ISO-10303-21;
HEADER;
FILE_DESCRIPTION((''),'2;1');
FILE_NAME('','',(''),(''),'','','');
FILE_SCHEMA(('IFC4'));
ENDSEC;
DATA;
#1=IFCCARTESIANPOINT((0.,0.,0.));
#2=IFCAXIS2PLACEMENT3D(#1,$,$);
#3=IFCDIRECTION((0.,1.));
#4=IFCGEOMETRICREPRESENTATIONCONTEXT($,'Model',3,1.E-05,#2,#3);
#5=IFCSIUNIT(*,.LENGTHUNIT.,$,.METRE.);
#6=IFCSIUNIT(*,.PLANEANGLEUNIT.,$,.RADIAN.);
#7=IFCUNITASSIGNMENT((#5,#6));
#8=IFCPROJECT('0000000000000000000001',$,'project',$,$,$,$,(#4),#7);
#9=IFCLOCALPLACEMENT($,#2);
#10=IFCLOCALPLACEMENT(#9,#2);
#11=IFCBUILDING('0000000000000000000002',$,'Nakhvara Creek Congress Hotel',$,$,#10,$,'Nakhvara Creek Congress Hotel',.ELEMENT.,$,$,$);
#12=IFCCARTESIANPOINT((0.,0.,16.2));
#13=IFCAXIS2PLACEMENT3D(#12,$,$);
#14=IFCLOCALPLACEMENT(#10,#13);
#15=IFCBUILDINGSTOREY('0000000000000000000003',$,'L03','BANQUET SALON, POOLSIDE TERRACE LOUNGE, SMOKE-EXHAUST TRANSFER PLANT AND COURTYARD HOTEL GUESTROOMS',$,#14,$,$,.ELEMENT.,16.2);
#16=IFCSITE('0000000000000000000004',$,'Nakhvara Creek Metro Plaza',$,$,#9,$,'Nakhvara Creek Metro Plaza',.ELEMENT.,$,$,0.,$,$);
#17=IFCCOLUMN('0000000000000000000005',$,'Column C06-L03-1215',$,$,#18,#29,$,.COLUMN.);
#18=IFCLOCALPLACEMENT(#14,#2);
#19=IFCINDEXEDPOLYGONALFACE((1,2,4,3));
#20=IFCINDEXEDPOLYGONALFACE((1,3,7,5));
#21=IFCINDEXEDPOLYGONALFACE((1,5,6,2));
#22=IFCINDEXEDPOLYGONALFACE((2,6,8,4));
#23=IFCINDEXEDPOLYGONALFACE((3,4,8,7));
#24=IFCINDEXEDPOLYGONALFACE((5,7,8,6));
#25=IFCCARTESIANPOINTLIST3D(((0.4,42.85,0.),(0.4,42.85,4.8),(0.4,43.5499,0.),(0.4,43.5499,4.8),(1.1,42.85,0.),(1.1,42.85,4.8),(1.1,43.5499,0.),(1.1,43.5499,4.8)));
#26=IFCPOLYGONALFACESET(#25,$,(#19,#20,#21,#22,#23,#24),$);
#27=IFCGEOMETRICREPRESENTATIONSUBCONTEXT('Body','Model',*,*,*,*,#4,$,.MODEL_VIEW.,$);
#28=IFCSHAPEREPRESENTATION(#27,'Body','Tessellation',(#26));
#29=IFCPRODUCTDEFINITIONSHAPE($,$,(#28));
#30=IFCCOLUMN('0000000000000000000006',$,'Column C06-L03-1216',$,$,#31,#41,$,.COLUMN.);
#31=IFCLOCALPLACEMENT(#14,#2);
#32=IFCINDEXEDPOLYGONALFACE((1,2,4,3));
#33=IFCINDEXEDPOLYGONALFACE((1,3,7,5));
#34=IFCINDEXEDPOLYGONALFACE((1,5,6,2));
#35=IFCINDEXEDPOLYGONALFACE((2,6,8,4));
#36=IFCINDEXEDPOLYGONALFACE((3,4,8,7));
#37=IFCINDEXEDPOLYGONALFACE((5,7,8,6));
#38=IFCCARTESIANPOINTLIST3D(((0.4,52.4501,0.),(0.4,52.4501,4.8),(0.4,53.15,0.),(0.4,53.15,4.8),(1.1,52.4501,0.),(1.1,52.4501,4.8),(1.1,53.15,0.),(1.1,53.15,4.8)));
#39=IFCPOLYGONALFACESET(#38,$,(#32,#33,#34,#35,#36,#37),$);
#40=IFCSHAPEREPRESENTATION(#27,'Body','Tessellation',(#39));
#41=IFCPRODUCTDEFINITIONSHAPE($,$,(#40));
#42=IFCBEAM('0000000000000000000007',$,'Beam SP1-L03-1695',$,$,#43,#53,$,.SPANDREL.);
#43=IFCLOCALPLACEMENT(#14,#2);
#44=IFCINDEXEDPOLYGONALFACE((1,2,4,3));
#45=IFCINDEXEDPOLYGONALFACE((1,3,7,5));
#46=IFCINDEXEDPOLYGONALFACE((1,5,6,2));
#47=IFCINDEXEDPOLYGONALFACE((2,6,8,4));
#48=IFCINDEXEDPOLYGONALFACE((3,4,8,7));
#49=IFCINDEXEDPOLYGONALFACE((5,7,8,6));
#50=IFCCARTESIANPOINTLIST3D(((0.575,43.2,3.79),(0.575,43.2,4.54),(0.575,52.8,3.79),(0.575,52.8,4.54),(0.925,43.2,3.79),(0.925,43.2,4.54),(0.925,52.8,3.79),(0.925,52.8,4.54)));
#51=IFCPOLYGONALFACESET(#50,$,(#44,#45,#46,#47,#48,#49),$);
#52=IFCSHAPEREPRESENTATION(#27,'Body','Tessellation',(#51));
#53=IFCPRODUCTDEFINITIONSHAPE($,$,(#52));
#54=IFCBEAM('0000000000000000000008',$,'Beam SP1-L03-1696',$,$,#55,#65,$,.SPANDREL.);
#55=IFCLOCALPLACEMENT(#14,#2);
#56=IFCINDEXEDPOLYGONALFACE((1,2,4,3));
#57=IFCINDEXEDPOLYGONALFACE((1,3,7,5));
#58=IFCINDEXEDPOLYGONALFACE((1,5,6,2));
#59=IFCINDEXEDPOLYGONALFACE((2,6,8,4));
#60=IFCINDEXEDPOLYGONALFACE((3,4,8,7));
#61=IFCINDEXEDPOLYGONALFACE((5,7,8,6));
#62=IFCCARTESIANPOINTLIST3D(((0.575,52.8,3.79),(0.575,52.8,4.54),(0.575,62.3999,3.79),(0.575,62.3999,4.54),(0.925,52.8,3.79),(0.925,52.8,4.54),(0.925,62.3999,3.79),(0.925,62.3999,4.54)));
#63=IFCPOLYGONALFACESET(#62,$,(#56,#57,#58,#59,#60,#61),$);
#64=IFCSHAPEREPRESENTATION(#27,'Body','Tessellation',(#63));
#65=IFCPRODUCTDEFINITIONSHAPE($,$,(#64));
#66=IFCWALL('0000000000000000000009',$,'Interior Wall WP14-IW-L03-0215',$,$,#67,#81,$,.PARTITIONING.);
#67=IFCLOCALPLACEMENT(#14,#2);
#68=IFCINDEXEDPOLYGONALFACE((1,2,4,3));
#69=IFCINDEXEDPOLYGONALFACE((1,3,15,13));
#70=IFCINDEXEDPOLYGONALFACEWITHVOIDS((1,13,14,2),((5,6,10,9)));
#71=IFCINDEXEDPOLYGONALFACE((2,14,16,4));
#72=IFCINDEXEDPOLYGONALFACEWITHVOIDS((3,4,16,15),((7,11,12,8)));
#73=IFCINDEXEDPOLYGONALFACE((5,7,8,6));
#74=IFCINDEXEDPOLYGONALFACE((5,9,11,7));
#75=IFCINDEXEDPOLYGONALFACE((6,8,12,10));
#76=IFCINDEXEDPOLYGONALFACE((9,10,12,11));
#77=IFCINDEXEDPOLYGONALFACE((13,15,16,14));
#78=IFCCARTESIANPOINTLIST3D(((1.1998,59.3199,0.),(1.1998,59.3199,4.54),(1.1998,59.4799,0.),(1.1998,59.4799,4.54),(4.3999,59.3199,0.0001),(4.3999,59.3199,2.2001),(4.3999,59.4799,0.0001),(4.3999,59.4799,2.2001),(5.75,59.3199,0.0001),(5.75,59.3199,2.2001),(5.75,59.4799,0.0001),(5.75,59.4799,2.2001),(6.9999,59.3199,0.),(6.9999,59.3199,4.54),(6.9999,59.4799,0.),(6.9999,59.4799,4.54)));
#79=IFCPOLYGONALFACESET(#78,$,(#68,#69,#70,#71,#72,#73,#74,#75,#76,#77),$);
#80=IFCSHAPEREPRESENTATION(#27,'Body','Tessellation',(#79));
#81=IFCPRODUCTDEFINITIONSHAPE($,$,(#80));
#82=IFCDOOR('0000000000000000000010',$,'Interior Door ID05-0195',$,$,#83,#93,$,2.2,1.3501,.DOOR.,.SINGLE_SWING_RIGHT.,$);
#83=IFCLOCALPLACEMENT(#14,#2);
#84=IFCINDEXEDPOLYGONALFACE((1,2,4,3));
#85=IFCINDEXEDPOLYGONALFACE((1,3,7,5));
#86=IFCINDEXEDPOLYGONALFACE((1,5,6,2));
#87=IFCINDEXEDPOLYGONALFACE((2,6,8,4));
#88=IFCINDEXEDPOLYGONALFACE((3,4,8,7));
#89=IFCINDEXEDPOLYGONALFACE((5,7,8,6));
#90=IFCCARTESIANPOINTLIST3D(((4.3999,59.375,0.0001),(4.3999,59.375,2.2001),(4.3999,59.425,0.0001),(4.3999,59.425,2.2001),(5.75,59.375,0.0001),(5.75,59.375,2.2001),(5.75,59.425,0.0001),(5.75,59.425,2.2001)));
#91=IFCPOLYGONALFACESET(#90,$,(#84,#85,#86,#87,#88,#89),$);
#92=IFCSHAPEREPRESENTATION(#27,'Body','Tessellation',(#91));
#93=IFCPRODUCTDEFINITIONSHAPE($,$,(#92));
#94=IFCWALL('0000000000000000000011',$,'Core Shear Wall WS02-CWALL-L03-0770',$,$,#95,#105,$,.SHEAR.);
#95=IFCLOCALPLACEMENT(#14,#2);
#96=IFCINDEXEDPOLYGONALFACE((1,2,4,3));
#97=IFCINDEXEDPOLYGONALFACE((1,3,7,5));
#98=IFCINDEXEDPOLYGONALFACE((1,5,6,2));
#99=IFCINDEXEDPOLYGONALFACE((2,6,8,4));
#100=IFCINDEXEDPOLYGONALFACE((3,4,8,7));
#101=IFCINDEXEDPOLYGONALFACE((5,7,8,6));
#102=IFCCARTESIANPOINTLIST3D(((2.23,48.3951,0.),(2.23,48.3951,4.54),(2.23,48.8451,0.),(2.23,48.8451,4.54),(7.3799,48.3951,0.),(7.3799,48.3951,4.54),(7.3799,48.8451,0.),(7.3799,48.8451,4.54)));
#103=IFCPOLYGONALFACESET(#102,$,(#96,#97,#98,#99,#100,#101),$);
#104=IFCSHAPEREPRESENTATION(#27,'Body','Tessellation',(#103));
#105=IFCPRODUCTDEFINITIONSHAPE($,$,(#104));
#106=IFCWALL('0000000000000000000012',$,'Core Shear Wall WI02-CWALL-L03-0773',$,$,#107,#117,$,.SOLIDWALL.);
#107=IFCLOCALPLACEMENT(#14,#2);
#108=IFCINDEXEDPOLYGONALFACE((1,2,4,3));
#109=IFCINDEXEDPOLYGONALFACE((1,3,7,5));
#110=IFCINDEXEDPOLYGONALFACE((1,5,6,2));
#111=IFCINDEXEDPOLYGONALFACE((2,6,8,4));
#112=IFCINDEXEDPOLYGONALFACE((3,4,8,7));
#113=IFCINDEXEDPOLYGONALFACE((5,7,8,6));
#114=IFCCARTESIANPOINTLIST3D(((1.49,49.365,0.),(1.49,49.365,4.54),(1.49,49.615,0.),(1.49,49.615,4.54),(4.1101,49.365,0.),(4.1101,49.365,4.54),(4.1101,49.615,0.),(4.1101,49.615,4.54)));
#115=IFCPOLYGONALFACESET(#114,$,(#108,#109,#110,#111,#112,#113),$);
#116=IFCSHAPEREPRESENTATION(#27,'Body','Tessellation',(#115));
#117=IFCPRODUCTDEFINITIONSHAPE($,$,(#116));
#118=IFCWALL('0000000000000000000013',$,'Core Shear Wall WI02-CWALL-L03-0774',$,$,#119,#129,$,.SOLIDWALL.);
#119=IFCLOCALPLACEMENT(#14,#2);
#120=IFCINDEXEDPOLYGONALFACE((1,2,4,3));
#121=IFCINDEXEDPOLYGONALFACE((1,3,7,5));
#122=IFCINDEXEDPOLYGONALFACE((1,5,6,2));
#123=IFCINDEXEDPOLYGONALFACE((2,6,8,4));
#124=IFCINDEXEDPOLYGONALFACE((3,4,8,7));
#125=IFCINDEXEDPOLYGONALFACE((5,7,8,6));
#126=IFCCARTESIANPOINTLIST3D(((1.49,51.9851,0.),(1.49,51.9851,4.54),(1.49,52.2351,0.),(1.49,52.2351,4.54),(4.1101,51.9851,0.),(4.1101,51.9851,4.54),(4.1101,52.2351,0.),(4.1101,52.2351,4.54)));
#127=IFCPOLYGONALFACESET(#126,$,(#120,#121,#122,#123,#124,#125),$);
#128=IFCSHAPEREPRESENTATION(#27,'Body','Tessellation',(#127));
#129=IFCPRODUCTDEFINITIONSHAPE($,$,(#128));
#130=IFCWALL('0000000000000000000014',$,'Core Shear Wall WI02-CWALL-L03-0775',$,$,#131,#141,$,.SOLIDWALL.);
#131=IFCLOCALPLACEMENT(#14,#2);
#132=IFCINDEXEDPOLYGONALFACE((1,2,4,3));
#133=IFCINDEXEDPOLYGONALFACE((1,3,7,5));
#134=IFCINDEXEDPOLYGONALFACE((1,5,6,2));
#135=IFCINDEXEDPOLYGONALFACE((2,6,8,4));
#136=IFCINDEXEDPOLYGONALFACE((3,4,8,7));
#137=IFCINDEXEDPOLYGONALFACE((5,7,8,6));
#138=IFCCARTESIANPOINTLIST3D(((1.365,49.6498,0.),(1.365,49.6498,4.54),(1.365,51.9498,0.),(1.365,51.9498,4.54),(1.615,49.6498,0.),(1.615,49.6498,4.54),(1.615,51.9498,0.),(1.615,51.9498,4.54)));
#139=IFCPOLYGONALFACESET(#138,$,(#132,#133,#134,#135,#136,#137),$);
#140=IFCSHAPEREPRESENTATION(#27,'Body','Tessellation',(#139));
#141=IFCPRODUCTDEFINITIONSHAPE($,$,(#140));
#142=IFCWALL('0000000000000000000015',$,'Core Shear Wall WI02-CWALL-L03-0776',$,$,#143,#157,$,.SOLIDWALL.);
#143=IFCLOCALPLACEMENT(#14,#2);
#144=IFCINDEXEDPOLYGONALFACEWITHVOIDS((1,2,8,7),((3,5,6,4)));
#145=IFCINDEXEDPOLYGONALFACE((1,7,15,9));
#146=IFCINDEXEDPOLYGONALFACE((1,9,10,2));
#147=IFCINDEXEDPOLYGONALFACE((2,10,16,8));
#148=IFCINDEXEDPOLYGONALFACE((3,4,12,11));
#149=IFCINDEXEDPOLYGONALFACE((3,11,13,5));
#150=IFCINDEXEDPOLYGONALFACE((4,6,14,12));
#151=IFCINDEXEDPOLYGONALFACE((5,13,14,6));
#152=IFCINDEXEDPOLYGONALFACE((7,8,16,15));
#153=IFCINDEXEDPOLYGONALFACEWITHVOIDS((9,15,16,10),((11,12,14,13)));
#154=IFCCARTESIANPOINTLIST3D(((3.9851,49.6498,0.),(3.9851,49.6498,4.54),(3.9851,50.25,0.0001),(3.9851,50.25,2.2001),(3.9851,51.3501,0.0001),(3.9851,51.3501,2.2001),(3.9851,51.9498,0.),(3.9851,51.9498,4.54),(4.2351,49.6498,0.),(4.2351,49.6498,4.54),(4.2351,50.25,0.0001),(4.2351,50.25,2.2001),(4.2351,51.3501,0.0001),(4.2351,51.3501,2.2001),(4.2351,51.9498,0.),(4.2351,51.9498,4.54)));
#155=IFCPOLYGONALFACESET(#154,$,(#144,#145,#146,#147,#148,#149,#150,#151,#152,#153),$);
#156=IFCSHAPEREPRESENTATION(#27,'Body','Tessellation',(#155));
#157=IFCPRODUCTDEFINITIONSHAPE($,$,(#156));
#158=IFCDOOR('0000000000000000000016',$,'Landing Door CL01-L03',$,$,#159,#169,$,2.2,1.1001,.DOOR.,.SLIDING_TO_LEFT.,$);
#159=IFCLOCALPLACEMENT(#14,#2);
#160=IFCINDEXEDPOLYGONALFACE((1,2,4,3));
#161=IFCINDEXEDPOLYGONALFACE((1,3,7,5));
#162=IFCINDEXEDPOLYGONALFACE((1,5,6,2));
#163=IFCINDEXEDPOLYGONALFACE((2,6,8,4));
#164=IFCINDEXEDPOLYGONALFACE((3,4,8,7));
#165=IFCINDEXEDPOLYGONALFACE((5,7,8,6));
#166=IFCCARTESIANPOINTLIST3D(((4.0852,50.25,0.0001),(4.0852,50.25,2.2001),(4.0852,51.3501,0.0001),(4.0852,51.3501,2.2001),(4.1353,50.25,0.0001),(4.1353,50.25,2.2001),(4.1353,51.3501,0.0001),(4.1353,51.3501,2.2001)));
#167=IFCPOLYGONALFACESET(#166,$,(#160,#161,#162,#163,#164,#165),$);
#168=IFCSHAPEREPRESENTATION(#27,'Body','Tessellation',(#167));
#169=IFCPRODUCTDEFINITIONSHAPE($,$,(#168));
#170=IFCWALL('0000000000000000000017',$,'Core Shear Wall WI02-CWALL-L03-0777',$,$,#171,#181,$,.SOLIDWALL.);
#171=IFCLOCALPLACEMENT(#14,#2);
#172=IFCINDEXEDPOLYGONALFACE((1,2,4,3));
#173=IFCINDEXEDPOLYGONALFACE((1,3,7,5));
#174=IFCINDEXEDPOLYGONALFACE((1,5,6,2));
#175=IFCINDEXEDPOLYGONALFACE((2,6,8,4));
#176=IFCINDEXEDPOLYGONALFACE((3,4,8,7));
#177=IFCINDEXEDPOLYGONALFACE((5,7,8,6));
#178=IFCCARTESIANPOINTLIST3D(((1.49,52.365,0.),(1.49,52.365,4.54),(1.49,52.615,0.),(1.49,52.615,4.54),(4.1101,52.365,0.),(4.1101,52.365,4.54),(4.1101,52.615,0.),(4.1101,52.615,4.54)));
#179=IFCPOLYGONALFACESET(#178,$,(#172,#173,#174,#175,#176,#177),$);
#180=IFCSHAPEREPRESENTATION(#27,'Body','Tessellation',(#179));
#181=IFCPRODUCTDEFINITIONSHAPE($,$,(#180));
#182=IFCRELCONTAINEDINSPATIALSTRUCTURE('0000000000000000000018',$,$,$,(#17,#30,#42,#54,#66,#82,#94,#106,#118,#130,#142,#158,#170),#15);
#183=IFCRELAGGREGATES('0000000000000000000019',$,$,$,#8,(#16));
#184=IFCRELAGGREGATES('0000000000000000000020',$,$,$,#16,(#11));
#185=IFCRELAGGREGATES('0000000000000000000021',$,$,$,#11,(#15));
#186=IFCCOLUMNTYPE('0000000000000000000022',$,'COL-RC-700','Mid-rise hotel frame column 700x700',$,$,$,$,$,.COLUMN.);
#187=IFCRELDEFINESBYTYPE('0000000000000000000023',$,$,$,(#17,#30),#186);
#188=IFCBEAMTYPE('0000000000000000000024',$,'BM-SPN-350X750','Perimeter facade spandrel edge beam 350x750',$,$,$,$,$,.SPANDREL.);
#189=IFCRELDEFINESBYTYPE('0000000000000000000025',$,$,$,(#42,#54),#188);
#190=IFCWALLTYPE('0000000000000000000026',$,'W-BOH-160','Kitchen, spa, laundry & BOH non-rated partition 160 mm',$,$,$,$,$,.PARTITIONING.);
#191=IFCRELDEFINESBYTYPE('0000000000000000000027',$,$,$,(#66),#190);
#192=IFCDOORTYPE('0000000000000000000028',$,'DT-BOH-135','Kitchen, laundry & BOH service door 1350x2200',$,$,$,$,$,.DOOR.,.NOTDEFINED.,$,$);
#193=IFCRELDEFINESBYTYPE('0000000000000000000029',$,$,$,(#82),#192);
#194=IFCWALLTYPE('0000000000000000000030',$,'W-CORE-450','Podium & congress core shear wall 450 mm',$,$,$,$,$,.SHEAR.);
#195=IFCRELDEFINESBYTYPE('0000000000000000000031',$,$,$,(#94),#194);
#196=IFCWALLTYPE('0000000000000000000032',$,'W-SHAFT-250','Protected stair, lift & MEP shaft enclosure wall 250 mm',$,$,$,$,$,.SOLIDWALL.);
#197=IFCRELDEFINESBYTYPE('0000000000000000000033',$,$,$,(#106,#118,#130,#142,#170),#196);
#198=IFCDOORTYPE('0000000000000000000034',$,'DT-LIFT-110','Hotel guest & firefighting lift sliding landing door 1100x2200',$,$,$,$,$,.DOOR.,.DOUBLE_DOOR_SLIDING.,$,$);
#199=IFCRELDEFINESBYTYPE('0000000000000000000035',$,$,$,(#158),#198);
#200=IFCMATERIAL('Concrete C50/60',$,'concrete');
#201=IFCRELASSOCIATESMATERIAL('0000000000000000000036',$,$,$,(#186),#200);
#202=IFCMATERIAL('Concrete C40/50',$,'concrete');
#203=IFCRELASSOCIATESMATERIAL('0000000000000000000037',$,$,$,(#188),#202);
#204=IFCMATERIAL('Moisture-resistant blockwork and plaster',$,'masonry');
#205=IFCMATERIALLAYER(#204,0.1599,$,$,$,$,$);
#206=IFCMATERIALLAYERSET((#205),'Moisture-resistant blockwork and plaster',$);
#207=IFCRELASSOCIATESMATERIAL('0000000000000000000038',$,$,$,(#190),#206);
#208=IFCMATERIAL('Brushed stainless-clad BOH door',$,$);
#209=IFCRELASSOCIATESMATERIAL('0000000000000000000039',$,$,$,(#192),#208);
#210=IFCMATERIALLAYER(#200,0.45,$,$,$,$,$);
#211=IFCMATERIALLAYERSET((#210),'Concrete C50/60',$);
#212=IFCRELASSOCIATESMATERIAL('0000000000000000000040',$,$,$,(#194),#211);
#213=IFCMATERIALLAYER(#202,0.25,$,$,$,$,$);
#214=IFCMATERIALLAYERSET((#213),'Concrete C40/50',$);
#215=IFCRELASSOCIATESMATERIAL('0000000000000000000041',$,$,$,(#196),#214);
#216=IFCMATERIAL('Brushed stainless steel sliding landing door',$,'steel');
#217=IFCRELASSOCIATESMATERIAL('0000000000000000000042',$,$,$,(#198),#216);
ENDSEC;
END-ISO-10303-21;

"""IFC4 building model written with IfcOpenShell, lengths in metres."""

from ifc_helpers import new_model, si_unit, direction, frame, frame_2d, origin, origin_2d, place, context, subcontext, project, spatial, rectangle, extrude, material, layer, layer_set, material_profile, profile_set, type_object, element, fill, save


model = new_model("IFC4")

# Units and contexts
model_context = context("Model", 3, precision=1e-05, world=origin(), true_north=direction((0.0, 1.0)))
body_context = subcontext(model_context, "Body", "Model", "MODEL_VIEW")
ifc_project = project(units=[si_unit("LENGTHUNIT", "METRE"), si_unit("PLANEANGLEUNIT", "RADIAN")], contexts=[model_context])

# Site, building, storey
site_placement = place(None, origin())
site = spatial("IfcSite", under=ifc_project, at=site_placement, Name="Nakhvara Creek Metro Plaza", LongName="Nakhvara Creek Metro Plaza", CompositionType="ELEMENT", RefElevation=0.0)
building_placement = place(site_placement, origin())
building = spatial("IfcBuilding", under=site, at=building_placement, Name="Nakhvara Creek Congress Hotel", LongName="Nakhvara Creek Congress Hotel", CompositionType="ELEMENT")
storey_placement = place(building_placement, frame((0.0, 0.0, 16.2)))
storey = spatial("IfcBuildingStorey", under=building, at=storey_placement, Name="L03", Description="BANQUET SALON, POOLSIDE TERRACE LOUNGE, SMOKE-EXHAUST TRANSFER PLANT AND COURTYARD HOTEL GUESTROOMS", CompositionType="ELEMENT", Elevation=16.2)

# Columns
ifc_material_1 = material(Name="Concrete C50/60", Category="concrete")
ifc_material_profile_1 = material_profile(ifc_material_1, rectangle(XDim=0.7, YDim=0.7, at=origin_2d()), Name="RC-COL 700x700", Category="LoadBearing")
ifc_profile_set_1 = profile_set([ifc_material_profile_1], Name="Concrete C50/60")
column_type = type_object("IfcColumnType", Name="COL-RC-700", Description="Mid-rise hotel frame column 700x700", PredefinedType="COLUMN", material=ifc_profile_set_1)
for number, where, z_axis, x_axis, name in (
    (1, (0.75, 43.2, 0.0), (0.0, 0.0, 1.0), (1.0, 0.0, 0.0), "Column C06-L03-1215"),
    (2, (0.75, 52.8, 0.0), (0.0, 0.0, 1.0), (1.0, 0.0, 0.0), "Column C06-L03-1216"),
):
    element("IfcColumn", number, at=place(storey_placement, frame(where, z_axis=z_axis, x_axis=x_axis)), inside=storey, type_object=column_type, Name=name, PredefinedType="COLUMN", context=body_context, shape_type="SweptSolid", body=[
        extrude(rectangle(XDim=0.7, YDim=0.7, at=origin_2d()), origin(), (0.0, 0.0, 1.0), 4.8),
    ])

# Beams
ifc_material_2 = material(Name="Concrete C40/50", Category="concrete")
ifc_material_profile_2 = material_profile(ifc_material_2, rectangle(XDim=0.3501, YDim=0.75, at=origin_2d()), Name="RC-SPANDREL 350x750", Category="LoadBearing")
ifc_profile_set_2 = profile_set([ifc_material_profile_2], Name="Concrete C40/50")
beam_type = type_object("IfcBeamType", Name="BM-SPN-350X750", Description="Perimeter facade spandrel edge beam 350x750", PredefinedType="SPANDREL", material=ifc_profile_set_2)
beam_1_placement = place(storey_placement, frame((0.75, 43.2, 4.165), z_axis=(0.0, 1.0, 0.0), x_axis=(-1.0, 0.0, 0.0)))
element("IfcBeam", 3, at=beam_1_placement, inside=storey, type_object=beam_type, Name="Beam SP1-L03-1695", PredefinedType="SPANDREL", context=body_context, shape_type="SweptSolid", body=[
    extrude(rectangle(XDim=0.3501, YDim=0.75, at=origin_2d()), origin(), (0.0, 0.0, 1.0), 9.6001),
])
beam_2_placement = place(storey_placement, frame((0.75, 52.8, 4.165), z_axis=(0.0, 1.0, 0.0), x_axis=(-1.0, 0.0, 0.0)))
element("IfcBeam", 4, at=beam_2_placement, inside=storey, type_object=beam_type, Name="Beam SP1-L03-1696", PredefinedType="SPANDREL", context=body_context, shape_type="SweptSolid", body=[
    extrude(rectangle(XDim=0.3501, YDim=0.75, at=origin_2d()), origin(), (0.0, 0.0, 1.0), 9.5999),
])

# Wall, opening, door
ifc_material_3 = material(Name="Moisture-resistant blockwork and plaster", Category="masonry")
ifc_layer_1 = layer(ifc_material_3, 0.1599)
ifc_layer_set_1 = layer_set([ifc_layer_1], Name="Moisture-resistant blockwork and plaster")
wall_type_1 = type_object("IfcWallType", Name="W-BOH-160", Description="Kitchen, spa, laundry & BOH non-rated partition 160 mm", PredefinedType="PARTITIONING", material=ifc_layer_set_1)
wall_1_placement = place(storey_placement, frame((1.2, 59.3999, 0.0), z_axis=(0.0, 0.0, 1.0), x_axis=(1.0, 0.0, 0.0)))
wall_1 = element("IfcWall", 5, at=wall_1_placement, inside=storey, type_object=wall_type_1, Name="Interior Wall WP14-IW-L03-0215", PredefinedType="PARTITIONING", context=body_context, shape_type="SweptSolid", body=[
    extrude(rectangle(XDim=5.8, YDim=0.1599, at=frame_2d((2.8999, 0.0))), origin(), (0.0, 0.0, 1.0), 4.54),
])
opening_1_placement = place(wall_1_placement, frame((3.2, 0.0, 0.0)))
opening_1 = element("IfcOpeningElement", 6, at=opening_1_placement, cuts=wall_1, PredefinedType="OPENING", context=body_context, shape_type="SweptSolid", body=[
    extrude(rectangle(XDim=1.3501, YDim=2.2, at=frame_2d((0.675, 1.1001))), frame((0.0, 0.0918, 0.0), z_axis=(0.0, -1.0, 0.0), x_axis=(1.0, 0.0, 0.0)), (0.0, 0.0, 1.0), 0.1838),
])
ifc_material_4 = material(Name="Brushed stainless-clad BOH door")
door_type_1 = type_object("IfcDoorType", Name="DT-BOH-135", Description="Kitchen, laundry & BOH service door 1350x2200", OperationType="NOTDEFINED", PredefinedType="DOOR", material=ifc_material_4)
door_1_placement = place(opening_1_placement, frame((1.3501, 0.0, 0.0), z_axis=(0.0, 0.0, 1.0), x_axis=(-1.0, 0.0, 0.0)))
door_1 = element("IfcDoor", 7, at=door_1_placement, inside=storey, type_object=door_type_1, Name="Interior Door ID05-0195", OperationType="SINGLE_SWING_RIGHT", OverallHeight=2.2, OverallWidth=1.3501, PredefinedType="DOOR", context=body_context, shape_type="SweptSolid", body=[
    extrude(rectangle(XDim=1.3501, YDim=2.2, at=frame_2d((0.675, 1.1001))), frame((0.0, 0.0249, 0.0), z_axis=(0.0, -1.0, 0.0), x_axis=(1.0, 0.0, 0.0)), (0.0, 0.0, 1.0), 0.05),
])
fill(opening_1, door_1)

# Walls
ifc_layer_2 = layer(ifc_material_1, 0.45)
ifc_layer_set_2 = layer_set([ifc_layer_2], Name="Concrete C50/60")
wall_type_2 = type_object("IfcWallType", Name="W-CORE-450", Description="Podium & congress core shear wall 450 mm", PredefinedType="SHEAR", material=ifc_layer_set_2)
wall_2_placement = place(storey_placement, frame((2.23, 48.6201, 0.0), z_axis=(0.0, 0.0, 1.0), x_axis=(1.0, 0.0, 0.0)))
element("IfcWall", 8, at=wall_2_placement, inside=storey, type_object=wall_type_2, Name="Core Shear Wall WS02-CWALL-L03-0770", PredefinedType="SHEAR", context=body_context, shape_type="SweptSolid", body=[
    extrude(rectangle(XDim=5.1499, YDim=0.45, at=frame_2d((2.575, 0.0))), origin(), (0.0, 0.0, 1.0), 4.54),
])
ifc_layer_3 = layer(ifc_material_2, 0.25)
ifc_layer_set_3 = layer_set([ifc_layer_3], Name="Concrete C40/50")
wall_type_3 = type_object("IfcWallType", Name="W-SHAFT-250", Description="Protected stair, lift & MEP shaft enclosure wall 250 mm", PredefinedType="SOLIDWALL", material=ifc_layer_set_3)
for number, where, z_axis, x_axis, name in (
    (9, (1.49, 49.49, 0.0), (0.0, 0.0, 1.0), (1.0, 0.0, 0.0), "Core Shear Wall WI02-CWALL-L03-0773"),
    (10, (1.49, 52.1101, 0.0), (0.0, 0.0, 1.0), (1.0, 0.0, 0.0), "Core Shear Wall WI02-CWALL-L03-0774"),
):
    element("IfcWall", number, at=place(storey_placement, frame(where, z_axis=z_axis, x_axis=x_axis)), inside=storey, type_object=wall_type_3, Name=name, PredefinedType="SOLIDWALL", context=body_context, shape_type="SweptSolid", body=[
        extrude(rectangle(XDim=2.6201, YDim=0.25, at=frame_2d((1.3101, 0.0))), origin(), (0.0, 0.0, 1.0), 4.54),
    ])
wall_3_placement = place(storey_placement, frame((1.49, 49.6499, 0.0), z_axis=(0.0, 0.0, 1.0), x_axis=(0.0, 1.0, 0.0)))
element("IfcWall", 11, at=wall_3_placement, inside=storey, type_object=wall_type_3, Name="Core Shear Wall WI02-CWALL-L03-0775", PredefinedType="SOLIDWALL", context=body_context, shape_type="SweptSolid", body=[
    extrude(rectangle(XDim=2.3, YDim=0.25, at=frame_2d((1.1499, 0.0))), origin(), (0.0, 0.0, 1.0), 4.54),
])

# Wall, opening, door
wall_4_placement = place(storey_placement, frame((4.1101, 49.6499, 0.0), z_axis=(0.0, 0.0, 1.0), x_axis=(0.0, 1.0, 0.0)))
wall_4 = element("IfcWall", 12, at=wall_4_placement, inside=storey, type_object=wall_type_3, Name="Core Shear Wall WI02-CWALL-L03-0776", PredefinedType="SOLIDWALL", context=body_context, shape_type="SweptSolid", body=[
    extrude(rectangle(XDim=2.3, YDim=0.25, at=frame_2d((1.1499, 0.0))), origin(), (0.0, 0.0, 1.0), 4.54),
])
opening_2_placement = place(wall_4_placement, frame((0.6001, 0.0, 0.0)))
opening_2 = element("IfcOpeningElement", 13, at=opening_2_placement, cuts=wall_4, PredefinedType="OPENING", context=body_context, shape_type="SweptSolid", body=[
    extrude(rectangle(XDim=1.1001, YDim=2.2, at=frame_2d((0.55, 1.1001))), frame((0.0, 0.137, 0.0), z_axis=(0.0, -1.0, 0.0), x_axis=(1.0, 0.0, 0.0)), (0.0, 0.0, 1.0), 0.2739),
])
ifc_material_5 = material(Name="Brushed stainless steel sliding landing door", Category="steel")
door_type_2 = type_object("IfcDoorType", Name="DT-LIFT-110", Description="Hotel guest & firefighting lift sliding landing door 1100x2200", OperationType="DOUBLE_DOOR_SLIDING", PredefinedType="DOOR", material=ifc_material_5)
door_2_placement = place(opening_2_placement, origin())
door_2 = element("IfcDoor", 14, at=door_2_placement, inside=storey, type_object=door_type_2, Name="Landing Door CL01-L03", OperationType="SLIDING_TO_LEFT", OverallHeight=2.2, OverallWidth=1.1001, PredefinedType="DOOR", context=body_context, shape_type="SweptSolid", body=[
    extrude(rectangle(XDim=1.1001, YDim=2.2, at=frame_2d((0.55, 1.1001))), frame((0.0, 0.0249, 0.0), z_axis=(0.0, -1.0, 0.0), x_axis=(1.0, 0.0, 0.0)), (0.0, 0.0, 1.0), 0.05),
])
fill(opening_2, door_2)

# Wall
for number, where, z_axis, x_axis, name in (
    (15, (1.49, 52.49, 0.0), (0.0, 0.0, 1.0), (1.0, 0.0, 0.0), "Core Shear Wall WI02-CWALL-L03-0777"),
):
    element("IfcWall", number, at=place(storey_placement, frame(where, z_axis=z_axis, x_axis=x_axis)), inside=storey, type_object=wall_type_3, Name=name, PredefinedType="SOLIDWALL", context=body_context, shape_type="SweptSolid", body=[
        extrude(rectangle(XDim=2.6201, YDim=0.25, at=frame_2d((1.3101, 0.0))), origin(), (0.0, 0.0, 1.0), 4.54),
    ])

save(model, "model.ifc")
